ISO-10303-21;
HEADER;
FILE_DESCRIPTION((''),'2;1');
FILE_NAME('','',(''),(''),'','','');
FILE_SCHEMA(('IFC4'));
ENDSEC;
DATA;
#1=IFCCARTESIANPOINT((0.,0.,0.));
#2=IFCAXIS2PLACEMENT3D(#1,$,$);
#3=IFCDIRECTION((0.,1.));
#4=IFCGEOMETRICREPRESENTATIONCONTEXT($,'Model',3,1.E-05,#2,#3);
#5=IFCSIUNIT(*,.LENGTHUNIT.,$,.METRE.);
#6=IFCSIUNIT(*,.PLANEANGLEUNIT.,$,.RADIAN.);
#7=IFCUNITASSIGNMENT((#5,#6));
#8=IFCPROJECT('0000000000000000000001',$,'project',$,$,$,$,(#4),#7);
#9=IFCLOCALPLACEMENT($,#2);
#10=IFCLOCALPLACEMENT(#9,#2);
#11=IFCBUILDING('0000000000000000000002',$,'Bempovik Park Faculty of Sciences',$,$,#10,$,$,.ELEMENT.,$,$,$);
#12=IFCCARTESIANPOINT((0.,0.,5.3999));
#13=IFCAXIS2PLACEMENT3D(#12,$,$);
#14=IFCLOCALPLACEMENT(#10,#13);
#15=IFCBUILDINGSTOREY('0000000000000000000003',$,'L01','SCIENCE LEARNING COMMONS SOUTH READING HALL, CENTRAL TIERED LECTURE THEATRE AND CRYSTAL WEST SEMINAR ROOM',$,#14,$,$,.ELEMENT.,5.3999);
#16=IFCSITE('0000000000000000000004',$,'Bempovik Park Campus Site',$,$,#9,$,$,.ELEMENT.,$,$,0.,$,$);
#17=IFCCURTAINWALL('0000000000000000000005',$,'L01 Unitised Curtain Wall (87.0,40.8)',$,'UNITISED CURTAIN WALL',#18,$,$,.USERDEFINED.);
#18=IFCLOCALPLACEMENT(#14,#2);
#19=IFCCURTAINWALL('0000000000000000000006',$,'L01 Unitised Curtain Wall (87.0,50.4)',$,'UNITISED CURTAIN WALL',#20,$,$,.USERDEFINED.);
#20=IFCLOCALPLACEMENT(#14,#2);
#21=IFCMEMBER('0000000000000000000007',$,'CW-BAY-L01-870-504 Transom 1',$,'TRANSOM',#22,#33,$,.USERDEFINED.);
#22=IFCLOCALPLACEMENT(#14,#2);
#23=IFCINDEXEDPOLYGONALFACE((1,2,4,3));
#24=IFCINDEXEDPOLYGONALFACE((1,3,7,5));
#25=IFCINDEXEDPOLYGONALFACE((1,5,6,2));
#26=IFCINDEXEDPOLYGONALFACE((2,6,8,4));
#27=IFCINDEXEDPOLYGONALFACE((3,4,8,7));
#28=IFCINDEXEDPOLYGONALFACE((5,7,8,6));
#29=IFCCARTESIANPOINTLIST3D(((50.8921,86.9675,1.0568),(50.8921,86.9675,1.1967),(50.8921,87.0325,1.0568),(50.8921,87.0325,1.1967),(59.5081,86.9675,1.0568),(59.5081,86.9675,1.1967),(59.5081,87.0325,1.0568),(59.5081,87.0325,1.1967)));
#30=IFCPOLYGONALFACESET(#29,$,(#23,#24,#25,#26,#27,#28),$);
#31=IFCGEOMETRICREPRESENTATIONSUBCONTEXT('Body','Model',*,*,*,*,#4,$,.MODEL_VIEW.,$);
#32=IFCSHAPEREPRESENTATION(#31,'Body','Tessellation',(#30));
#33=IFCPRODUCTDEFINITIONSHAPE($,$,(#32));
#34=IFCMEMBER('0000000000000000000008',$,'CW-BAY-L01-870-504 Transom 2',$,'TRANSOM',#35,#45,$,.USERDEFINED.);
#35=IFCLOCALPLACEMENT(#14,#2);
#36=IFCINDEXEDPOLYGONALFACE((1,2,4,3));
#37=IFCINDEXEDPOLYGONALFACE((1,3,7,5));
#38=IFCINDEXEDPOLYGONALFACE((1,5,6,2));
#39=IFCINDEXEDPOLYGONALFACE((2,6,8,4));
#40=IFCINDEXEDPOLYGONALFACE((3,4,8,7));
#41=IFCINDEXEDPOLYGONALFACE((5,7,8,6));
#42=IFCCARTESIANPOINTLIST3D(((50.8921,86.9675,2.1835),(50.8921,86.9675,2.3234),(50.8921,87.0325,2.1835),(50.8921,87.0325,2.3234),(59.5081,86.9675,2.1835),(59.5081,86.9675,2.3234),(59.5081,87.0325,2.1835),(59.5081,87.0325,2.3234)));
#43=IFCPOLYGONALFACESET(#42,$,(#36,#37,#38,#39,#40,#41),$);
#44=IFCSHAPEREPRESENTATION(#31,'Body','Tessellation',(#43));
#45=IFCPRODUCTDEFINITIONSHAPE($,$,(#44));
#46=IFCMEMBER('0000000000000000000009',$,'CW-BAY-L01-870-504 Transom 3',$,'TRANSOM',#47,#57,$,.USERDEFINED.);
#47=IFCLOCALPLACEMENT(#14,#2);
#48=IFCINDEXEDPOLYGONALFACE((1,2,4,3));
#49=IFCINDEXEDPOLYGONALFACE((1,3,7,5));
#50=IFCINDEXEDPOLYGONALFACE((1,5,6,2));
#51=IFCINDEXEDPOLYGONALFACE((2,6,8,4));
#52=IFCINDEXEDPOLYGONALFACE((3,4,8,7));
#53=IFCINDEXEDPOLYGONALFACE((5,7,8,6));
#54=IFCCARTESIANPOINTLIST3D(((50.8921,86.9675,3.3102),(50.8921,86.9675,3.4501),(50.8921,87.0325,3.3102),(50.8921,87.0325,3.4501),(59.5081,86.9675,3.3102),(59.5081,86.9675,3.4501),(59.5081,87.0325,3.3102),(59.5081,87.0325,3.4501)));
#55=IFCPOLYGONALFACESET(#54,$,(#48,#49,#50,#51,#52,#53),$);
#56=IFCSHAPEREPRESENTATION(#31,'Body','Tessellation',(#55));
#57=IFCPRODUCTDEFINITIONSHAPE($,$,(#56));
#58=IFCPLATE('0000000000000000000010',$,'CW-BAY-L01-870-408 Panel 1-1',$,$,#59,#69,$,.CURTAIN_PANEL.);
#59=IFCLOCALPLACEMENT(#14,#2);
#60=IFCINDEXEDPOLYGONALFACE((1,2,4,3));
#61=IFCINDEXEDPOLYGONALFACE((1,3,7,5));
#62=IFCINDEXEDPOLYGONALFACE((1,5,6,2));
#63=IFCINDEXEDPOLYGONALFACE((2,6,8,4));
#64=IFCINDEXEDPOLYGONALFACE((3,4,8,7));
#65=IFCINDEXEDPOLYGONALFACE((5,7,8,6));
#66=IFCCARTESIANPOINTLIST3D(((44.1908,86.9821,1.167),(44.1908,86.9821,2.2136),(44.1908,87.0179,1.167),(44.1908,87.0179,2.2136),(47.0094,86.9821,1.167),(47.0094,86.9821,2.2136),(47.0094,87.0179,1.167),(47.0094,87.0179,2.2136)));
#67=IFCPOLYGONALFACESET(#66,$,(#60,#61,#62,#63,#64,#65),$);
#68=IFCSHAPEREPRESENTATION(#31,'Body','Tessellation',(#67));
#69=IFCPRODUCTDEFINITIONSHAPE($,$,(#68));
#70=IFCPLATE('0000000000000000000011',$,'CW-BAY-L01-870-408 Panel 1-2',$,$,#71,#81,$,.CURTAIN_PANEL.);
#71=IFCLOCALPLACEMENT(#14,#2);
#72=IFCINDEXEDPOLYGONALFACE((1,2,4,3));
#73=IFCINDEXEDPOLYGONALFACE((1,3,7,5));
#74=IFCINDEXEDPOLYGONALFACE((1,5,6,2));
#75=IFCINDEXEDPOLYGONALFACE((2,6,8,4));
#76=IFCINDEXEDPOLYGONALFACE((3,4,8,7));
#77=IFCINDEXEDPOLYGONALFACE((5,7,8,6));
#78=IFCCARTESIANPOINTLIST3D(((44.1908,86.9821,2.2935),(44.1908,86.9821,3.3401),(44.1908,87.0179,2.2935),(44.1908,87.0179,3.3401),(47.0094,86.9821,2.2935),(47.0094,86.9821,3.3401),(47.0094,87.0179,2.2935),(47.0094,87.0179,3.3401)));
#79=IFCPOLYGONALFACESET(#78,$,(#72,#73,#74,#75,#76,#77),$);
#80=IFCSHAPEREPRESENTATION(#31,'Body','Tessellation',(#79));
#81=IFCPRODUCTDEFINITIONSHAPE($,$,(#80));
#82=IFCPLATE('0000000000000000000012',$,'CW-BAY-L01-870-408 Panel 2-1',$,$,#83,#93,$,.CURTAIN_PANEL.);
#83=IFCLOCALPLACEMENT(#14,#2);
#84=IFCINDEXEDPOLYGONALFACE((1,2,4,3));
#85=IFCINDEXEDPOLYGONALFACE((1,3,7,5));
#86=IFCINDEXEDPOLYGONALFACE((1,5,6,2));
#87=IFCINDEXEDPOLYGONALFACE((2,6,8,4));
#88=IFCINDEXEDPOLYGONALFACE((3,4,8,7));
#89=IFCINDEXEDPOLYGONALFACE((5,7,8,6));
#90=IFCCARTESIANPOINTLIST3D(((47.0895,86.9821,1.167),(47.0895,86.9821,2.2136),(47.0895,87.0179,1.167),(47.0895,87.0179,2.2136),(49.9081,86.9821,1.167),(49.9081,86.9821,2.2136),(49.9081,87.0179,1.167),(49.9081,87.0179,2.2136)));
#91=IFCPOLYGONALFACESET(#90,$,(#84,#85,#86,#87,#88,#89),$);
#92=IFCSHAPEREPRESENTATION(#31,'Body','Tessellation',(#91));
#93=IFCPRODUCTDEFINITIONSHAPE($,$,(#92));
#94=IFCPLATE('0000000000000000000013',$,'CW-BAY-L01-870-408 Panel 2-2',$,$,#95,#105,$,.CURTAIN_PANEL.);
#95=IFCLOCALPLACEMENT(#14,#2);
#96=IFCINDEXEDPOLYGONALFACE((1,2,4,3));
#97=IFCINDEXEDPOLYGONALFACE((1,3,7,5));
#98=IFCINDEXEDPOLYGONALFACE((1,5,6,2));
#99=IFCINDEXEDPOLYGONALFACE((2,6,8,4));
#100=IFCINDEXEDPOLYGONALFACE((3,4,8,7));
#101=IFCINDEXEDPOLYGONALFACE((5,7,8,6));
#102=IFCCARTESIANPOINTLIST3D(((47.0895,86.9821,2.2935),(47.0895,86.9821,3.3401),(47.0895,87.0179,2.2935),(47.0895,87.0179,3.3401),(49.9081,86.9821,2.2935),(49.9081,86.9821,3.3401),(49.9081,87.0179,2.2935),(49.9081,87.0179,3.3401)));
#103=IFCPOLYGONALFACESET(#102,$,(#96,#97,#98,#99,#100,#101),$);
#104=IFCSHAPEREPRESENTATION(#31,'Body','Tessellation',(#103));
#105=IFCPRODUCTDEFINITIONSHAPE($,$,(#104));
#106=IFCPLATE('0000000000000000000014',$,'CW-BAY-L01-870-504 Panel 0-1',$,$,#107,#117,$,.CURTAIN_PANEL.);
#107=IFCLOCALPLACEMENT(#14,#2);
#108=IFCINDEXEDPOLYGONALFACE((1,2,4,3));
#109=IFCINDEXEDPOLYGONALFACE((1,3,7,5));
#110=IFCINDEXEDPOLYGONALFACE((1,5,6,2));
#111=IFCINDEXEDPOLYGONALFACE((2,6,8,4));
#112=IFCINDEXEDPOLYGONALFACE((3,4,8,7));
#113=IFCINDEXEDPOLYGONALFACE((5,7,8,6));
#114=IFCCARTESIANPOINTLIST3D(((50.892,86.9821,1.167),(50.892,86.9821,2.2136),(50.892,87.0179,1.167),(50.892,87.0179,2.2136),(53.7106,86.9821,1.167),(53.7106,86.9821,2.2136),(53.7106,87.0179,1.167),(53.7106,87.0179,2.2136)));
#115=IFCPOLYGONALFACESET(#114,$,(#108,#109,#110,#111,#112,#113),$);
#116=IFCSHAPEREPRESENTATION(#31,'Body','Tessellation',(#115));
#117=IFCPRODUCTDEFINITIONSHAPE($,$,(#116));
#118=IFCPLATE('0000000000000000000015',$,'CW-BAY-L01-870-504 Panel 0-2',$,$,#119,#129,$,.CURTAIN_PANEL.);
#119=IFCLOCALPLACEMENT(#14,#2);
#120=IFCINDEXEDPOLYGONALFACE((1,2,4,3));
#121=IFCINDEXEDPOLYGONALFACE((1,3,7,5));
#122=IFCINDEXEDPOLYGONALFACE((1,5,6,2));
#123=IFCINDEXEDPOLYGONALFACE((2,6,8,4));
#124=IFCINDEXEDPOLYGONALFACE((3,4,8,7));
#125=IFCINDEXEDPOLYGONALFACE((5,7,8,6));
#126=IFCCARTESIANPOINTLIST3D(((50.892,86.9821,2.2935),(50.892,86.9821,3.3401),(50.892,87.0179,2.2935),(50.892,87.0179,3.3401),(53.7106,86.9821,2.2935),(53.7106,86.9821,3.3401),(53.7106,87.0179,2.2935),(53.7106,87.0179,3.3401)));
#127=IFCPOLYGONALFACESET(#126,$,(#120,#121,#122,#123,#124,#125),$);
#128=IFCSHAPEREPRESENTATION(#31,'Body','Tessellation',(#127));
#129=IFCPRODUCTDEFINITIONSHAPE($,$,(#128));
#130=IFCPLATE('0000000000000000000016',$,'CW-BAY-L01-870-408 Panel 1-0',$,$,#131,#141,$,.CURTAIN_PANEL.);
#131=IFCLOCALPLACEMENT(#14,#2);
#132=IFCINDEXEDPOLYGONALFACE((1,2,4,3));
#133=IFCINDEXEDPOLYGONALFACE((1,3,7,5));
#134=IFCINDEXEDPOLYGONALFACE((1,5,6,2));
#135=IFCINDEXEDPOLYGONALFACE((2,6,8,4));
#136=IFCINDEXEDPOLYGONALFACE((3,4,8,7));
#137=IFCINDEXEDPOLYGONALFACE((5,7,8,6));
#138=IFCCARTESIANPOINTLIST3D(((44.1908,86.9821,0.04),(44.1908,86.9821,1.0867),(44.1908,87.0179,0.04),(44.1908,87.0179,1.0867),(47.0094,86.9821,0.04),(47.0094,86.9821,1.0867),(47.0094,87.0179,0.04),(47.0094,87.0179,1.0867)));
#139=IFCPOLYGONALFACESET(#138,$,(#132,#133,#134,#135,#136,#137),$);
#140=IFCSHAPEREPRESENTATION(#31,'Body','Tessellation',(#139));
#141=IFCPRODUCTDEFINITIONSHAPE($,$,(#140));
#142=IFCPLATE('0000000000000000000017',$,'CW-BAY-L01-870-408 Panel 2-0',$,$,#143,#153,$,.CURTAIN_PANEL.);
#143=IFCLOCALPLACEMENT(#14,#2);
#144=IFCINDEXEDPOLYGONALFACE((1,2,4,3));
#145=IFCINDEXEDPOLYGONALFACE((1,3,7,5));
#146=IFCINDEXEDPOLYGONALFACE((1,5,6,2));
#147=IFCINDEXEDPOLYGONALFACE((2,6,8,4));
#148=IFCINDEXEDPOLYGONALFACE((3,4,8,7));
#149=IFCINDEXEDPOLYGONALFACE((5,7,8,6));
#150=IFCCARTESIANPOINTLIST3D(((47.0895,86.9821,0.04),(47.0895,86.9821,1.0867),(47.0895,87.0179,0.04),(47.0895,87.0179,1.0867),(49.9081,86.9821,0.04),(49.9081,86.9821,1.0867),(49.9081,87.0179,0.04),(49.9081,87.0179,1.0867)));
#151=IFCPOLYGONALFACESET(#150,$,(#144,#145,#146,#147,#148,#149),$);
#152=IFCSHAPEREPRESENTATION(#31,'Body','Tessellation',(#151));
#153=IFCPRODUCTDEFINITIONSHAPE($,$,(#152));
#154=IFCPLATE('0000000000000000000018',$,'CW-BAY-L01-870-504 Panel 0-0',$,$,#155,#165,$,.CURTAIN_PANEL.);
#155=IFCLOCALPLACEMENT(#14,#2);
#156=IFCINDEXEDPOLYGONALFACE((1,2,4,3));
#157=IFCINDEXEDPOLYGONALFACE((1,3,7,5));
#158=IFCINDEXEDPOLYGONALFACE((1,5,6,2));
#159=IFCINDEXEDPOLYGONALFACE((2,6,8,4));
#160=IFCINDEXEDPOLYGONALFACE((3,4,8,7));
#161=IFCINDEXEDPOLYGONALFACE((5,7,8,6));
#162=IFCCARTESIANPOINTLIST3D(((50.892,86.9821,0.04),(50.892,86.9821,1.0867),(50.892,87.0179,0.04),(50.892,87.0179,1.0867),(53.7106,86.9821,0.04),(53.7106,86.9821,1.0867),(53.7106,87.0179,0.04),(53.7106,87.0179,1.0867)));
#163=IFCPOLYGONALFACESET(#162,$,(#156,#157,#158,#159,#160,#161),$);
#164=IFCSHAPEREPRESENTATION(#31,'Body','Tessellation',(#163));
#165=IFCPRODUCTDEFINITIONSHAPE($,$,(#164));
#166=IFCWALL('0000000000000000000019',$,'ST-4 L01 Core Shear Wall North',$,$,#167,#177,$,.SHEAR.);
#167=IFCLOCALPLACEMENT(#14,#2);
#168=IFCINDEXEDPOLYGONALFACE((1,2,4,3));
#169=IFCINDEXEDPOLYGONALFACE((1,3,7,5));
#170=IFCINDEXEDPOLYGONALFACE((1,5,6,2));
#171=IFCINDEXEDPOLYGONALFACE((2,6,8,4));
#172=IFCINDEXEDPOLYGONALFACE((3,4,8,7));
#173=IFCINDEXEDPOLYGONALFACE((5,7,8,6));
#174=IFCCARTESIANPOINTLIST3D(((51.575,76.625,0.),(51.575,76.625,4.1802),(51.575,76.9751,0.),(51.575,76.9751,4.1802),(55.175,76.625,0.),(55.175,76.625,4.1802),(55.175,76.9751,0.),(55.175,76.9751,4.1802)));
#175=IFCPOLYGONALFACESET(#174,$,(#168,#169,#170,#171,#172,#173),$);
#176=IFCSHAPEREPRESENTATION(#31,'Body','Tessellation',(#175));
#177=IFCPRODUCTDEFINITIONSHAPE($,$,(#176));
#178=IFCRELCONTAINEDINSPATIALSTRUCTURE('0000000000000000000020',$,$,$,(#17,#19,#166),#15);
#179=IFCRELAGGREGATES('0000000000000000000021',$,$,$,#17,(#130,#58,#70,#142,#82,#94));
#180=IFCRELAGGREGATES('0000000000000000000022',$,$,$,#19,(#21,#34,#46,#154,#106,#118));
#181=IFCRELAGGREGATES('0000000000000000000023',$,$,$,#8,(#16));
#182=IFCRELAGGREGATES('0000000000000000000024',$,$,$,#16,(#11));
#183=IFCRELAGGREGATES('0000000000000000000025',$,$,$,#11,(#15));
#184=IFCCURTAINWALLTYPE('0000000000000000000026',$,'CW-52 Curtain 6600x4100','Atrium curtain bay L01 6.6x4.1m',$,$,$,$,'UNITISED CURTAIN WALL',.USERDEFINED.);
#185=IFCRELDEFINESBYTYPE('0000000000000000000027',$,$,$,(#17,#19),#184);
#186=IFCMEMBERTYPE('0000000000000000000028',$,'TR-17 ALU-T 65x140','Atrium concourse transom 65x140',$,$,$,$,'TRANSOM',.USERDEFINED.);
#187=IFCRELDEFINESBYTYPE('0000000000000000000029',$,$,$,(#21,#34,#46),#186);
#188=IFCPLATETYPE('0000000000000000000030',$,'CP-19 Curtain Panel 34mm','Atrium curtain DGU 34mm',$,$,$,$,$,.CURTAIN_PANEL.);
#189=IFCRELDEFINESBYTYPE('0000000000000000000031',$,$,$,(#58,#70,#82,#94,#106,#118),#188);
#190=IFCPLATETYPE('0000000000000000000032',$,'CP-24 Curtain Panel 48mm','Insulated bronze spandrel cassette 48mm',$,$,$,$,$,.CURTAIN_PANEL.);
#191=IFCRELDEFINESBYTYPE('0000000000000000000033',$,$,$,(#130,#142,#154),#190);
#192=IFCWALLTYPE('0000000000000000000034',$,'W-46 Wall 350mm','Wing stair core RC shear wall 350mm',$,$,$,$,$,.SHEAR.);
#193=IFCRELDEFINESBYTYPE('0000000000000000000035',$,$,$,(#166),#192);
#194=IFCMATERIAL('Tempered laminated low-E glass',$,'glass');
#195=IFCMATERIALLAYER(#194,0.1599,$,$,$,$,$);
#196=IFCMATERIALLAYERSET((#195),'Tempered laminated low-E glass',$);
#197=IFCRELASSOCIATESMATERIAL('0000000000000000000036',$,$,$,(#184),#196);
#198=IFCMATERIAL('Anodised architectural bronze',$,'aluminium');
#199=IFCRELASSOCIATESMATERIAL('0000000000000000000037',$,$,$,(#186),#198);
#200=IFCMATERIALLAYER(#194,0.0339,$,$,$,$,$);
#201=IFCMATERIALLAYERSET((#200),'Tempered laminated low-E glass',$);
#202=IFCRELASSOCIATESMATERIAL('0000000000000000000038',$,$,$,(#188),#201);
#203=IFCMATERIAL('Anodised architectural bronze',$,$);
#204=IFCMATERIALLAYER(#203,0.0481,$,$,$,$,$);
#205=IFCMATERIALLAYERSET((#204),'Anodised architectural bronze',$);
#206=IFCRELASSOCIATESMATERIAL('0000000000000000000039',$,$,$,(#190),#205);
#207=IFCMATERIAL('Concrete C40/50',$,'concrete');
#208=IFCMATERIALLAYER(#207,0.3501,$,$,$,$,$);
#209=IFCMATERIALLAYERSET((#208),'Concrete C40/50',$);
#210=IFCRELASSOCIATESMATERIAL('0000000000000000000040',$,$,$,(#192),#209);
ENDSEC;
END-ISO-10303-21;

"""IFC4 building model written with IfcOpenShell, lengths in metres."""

from ifc_helpers import new_model, si_unit, direction, frame, frame_2d, origin, origin_2d, place, context, subcontext, project, spatial, rectangle, extrude, material, layer, layer_set, material_profile, profile_set, type_object, element, aggregate, save


model = new_model("IFC4")

# Units and contexts
model_context = context("Model", 3, precision=1e-05, world=origin(), true_north=direction((0.0, 1.0)))
body_context = subcontext(model_context, "Body", "Model", "MODEL_VIEW")
ifc_project = project(units=[si_unit("LENGTHUNIT", "METRE"), si_unit("PLANEANGLEUNIT", "RADIAN")], contexts=[model_context])

# Site, building, storey
site_placement = place(None, origin())
site = spatial("IfcSite", under=ifc_project, at=site_placement, Name="Bempovik Park Campus Site", CompositionType="ELEMENT", RefElevation=0.0)
building_placement = place(site_placement, origin())
building = spatial("IfcBuilding", under=site, at=building_placement, Name="Bempovik Park Faculty of Sciences", CompositionType="ELEMENT")
storey_placement = place(building_placement, frame((0.0, 0.0, 5.3999)))
storey = spatial("IfcBuildingStorey", under=building, at=storey_placement, Name="L01", Description="SCIENCE LEARNING COMMONS SOUTH READING HALL, CENTRAL TIERED LECTURE THEATRE AND CRYSTAL WEST SEMINAR ROOM", CompositionType="ELEMENT", Elevation=5.3999)

# Shared definitions
ifc_material_1 = material(Name="Concrete C40/50", Category="concrete")

# Curtain walls, members
ifc_material_2 = material(Name="Tempered laminated low-E glass", Category="glass")
ifc_layer_1 = layer(ifc_material_2, 0.1599)
ifc_layer_set_1 = layer_set([ifc_layer_1], Name="Tempered laminated low-E glass")
curtain_wall_type = type_object("IfcCurtainWallType", Name="CW-52 Curtain 6600x4100", Description="Atrium curtain bay L01 6.6x4.1m", ElementType="UNITISED CURTAIN WALL", PredefinedType="USERDEFINED", material=ifc_layer_set_1)
curtain_wall_1_placement = place(storey_placement, origin())
curtain_wall_1 = element("IfcCurtainWall", 1, at=curtain_wall_1_placement, inside=storey, type_object=curtain_wall_type, Name="L01 Unitised Curtain Wall (87.0,40.8)", ObjectType="UNITISED CURTAIN WALL", PredefinedType="USERDEFINED")
ifc_material_3 = material(Name="Anodised architectural bronze", Category="aluminium")
curtain_wall_2_placement = place(storey_placement, origin())
curtain_wall_2 = element("IfcCurtainWall", 2, at=curtain_wall_2_placement, inside=storey, type_object=curtain_wall_type, Name="L01 Unitised Curtain Wall (87.0,50.4)", ObjectType="UNITISED CURTAIN WALL", PredefinedType="USERDEFINED")
ifc_material_profile_1 = material_profile(ifc_material_3, rectangle(XDim=0.0649, YDim=0.1399, at=origin_2d()), Name="ALU-T 65x140")
ifc_profile_set_1 = profile_set([ifc_material_profile_1], Name="Anodised architectural bronze")
member_type_1 = type_object("IfcMemberType", Name="TR-17 ALU-T 65x140", Description="Atrium concourse transom 65x140", ElementType="TRANSOM", PredefinedType="USERDEFINED", material=ifc_profile_set_1)
member_1_placement = place(storey_placement, frame((50.8921, 87.0, 1.1267), z_axis=(1.0, 0.0, 0.0), x_axis=(0.0, 1.0, 0.0)))
member_1 = element("IfcMember", 3, at=member_1_placement, type_object=member_type_1, Name="CW-BAY-L01-870-504 Transom 1", ObjectType="TRANSOM", PredefinedType="USERDEFINED", context=body_context, shape_type="SweptSolid", body=[
    extrude(rectangle(XDim=0.0649, YDim=0.1399, at=origin_2d()), origin(), (0.0, 0.0, 1.0), 8.616),
])
member_2_placement = place(storey_placement, frame((50.8921, 87.0, 2.2534), z_axis=(1.0, 0.0, 0.0), x_axis=(0.0, 1.0, 0.0)))
member_2 = element("IfcMember", 4, at=member_2_placement, type_object=member_type_1, Name="CW-BAY-L01-870-504 Transom 2", ObjectType="TRANSOM", PredefinedType="USERDEFINED", context=body_context, shape_type="SweptSolid", body=[
    extrude(rectangle(XDim=0.0649, YDim=0.1399, at=origin_2d()), origin(), (0.0, 0.0, 1.0), 8.616),
])
member_3_placement = place(storey_placement, frame((50.8921, 87.0, 3.3801), z_axis=(1.0, 0.0, 0.0), x_axis=(0.0, 1.0, 0.0)))
member_3 = element("IfcMember", 5, at=member_3_placement, type_object=member_type_1, Name="CW-BAY-L01-870-504 Transom 3", ObjectType="TRANSOM", PredefinedType="USERDEFINED", context=body_context, shape_type="SweptSolid", body=[
    extrude(rectangle(XDim=0.0649, YDim=0.1399, at=origin_2d()), origin(), (0.0, 0.0, 1.0), 8.616),
])

# Plates
ifc_layer_2 = layer(ifc_material_2, 0.0339)
ifc_layer_set_2 = layer_set([ifc_layer_2], Name="Tempered laminated low-E glass")
plate_type_1 = type_object("IfcPlateType", Name="CP-19 Curtain Panel 34mm", Description="Atrium curtain DGU 34mm", PredefinedType="CURTAIN_PANEL", material=ifc_layer_set_2)
plate_1_placement = place(storey_placement, frame((45.6001, 87.0, 1.167), z_axis=(0.0, 0.0, 1.0), x_axis=(1.0, 0.0, 0.0)))
plate_1 = element("IfcPlate", 6, at=plate_1_placement, type_object=plate_type_1, Name="CW-BAY-L01-870-408 Panel 1-1", PredefinedType="CURTAIN_PANEL", context=body_context, shape_type="SweptSolid", body=[
    extrude(rectangle(XDim=2.8186, YDim=0.0359, at=origin_2d()), origin(), (0.0, 0.0, 1.0), 1.0466),
])
plate_2_placement = place(storey_placement, frame((45.6001, 87.0, 2.2935), z_axis=(0.0, 0.0, 1.0), x_axis=(1.0, 0.0, 0.0)))
plate_2 = element("IfcPlate", 7, at=plate_2_placement, type_object=plate_type_1, Name="CW-BAY-L01-870-408 Panel 1-2", PredefinedType="CURTAIN_PANEL", context=body_context, shape_type="SweptSolid", body=[
    extrude(rectangle(XDim=2.8186, YDim=0.0359, at=origin_2d()), origin(), (0.0, 0.0, 1.0), 1.0466),
])
plate_3_placement = place(storey_placement, frame((48.4988, 87.0, 1.167), z_axis=(0.0, 0.0, 1.0), x_axis=(1.0, 0.0, 0.0)))
plate_3 = element("IfcPlate", 8, at=plate_3_placement, type_object=plate_type_1, Name="CW-BAY-L01-870-408 Panel 2-1", PredefinedType="CURTAIN_PANEL", context=body_context, shape_type="SweptSolid", body=[
    extrude(rectangle(XDim=2.8186, YDim=0.0359, at=origin_2d()), origin(), (0.0, 0.0, 1.0), 1.0466),
])
plate_4_placement = place(storey_placement, frame((48.4988, 87.0, 2.2935), z_axis=(0.0, 0.0, 1.0), x_axis=(1.0, 0.0, 0.0)))
plate_4 = element("IfcPlate", 9, at=plate_4_placement, type_object=plate_type_1, Name="CW-BAY-L01-870-408 Panel 2-2", PredefinedType="CURTAIN_PANEL", context=body_context, shape_type="SweptSolid", body=[
    extrude(rectangle(XDim=2.8186, YDim=0.0359, at=origin_2d()), origin(), (0.0, 0.0, 1.0), 1.0466),
])
plate_5_placement = place(storey_placement, frame((52.3013, 87.0, 1.167), z_axis=(0.0, 0.0, 1.0), x_axis=(1.0, 0.0, 0.0)))
plate_5 = element("IfcPlate", 10, at=plate_5_placement, type_object=plate_type_1, Name="CW-BAY-L01-870-504 Panel 0-1", PredefinedType="CURTAIN_PANEL", context=body_context, shape_type="SweptSolid", body=[
    extrude(rectangle(XDim=2.8186, YDim=0.0359, at=origin_2d()), origin(), (0.0, 0.0, 1.0), 1.0466),
])
plate_6_placement = place(storey_placement, frame((52.3013, 87.0, 2.2935), z_axis=(0.0, 0.0, 1.0), x_axis=(1.0, 0.0, 0.0)))
plate_6 = element("IfcPlate", 11, at=plate_6_placement, type_object=plate_type_1, Name="CW-BAY-L01-870-504 Panel 0-2", PredefinedType="CURTAIN_PANEL", context=body_context, shape_type="SweptSolid", body=[
    extrude(rectangle(XDim=2.8186, YDim=0.0359, at=origin_2d()), origin(), (0.0, 0.0, 1.0), 1.0466),
])
ifc_material_4 = material(Name="Anodised architectural bronze")
ifc_layer_3 = layer(ifc_material_4, 0.0481)
ifc_layer_set_3 = layer_set([ifc_layer_3], Name="Anodised architectural bronze")
plate_type_2 = type_object("IfcPlateType", Name="CP-24 Curtain Panel 48mm", Description="Insulated bronze spandrel cassette 48mm", PredefinedType="CURTAIN_PANEL", material=ifc_layer_set_3)
plate_7_placement = place(storey_placement, frame((45.6001, 87.0, 0.04), z_axis=(0.0, 0.0, 1.0), x_axis=(1.0, 0.0, 0.0)))
plate_7 = element("IfcPlate", 12, at=plate_7_placement, type_object=plate_type_2, Name="CW-BAY-L01-870-408 Panel 1-0", PredefinedType="CURTAIN_PANEL", context=body_context, shape_type="SweptSolid", body=[
    extrude(rectangle(XDim=2.8186, YDim=0.0359, at=origin_2d()), origin(), (0.0, 0.0, 1.0), 1.0466),
])
plate_8_placement = place(storey_placement, frame((48.4988, 87.0, 0.04), z_axis=(0.0, 0.0, 1.0), x_axis=(1.0, 0.0, 0.0)))
plate_8 = element("IfcPlate", 13, at=plate_8_placement, type_object=plate_type_2, Name="CW-BAY-L01-870-408 Panel 2-0", PredefinedType="CURTAIN_PANEL", context=body_context, shape_type="SweptSolid", body=[
    extrude(rectangle(XDim=2.8186, YDim=0.0359, at=origin_2d()), origin(), (0.0, 0.0, 1.0), 1.0466),
])
aggregate(curtain_wall_1, [plate_7, plate_1, plate_2, plate_8, plate_3, plate_4])
plate_9_placement = place(storey_placement, frame((52.3013, 87.0, 0.04), z_axis=(0.0, 0.0, 1.0), x_axis=(1.0, 0.0, 0.0)))
plate_9 = element("IfcPlate", 14, at=plate_9_placement, type_object=plate_type_2, Name="CW-BAY-L01-870-504 Panel 0-0", PredefinedType="CURTAIN_PANEL", context=body_context, shape_type="SweptSolid", body=[
    extrude(rectangle(XDim=2.8186, YDim=0.0359, at=origin_2d()), origin(), (0.0, 0.0, 1.0), 1.0466),
])
aggregate(curtain_wall_2, [member_1, member_2, member_3, plate_9, plate_5, plate_6])

# Wall
ifc_layer_4 = layer(ifc_material_1, 0.3501)
ifc_layer_set_4 = layer_set([ifc_layer_4], Name="Concrete C40/50")
wall_type = type_object("IfcWallType", Name="W-46 Wall 350mm", Description="Wing stair core RC shear wall 350mm", PredefinedType="SHEAR", material=ifc_layer_set_4)
wall_placement = place(storey_placement, frame((51.575, 76.8, 0.0), z_axis=(0.0, 0.0, 1.0), x_axis=(1.0, 0.0, 0.0)))
element("IfcWall", 15, at=wall_placement, inside=storey, type_object=wall_type, Name="ST-4 L01 Core Shear Wall North", PredefinedType="SHEAR", context=body_context, shape_type="SweptSolid", body=[
    extrude(rectangle(XDim=3.6001, YDim=0.3501, at=frame_2d((1.8, 0.0))), origin(), (0.0, 0.0, 1.0), 4.1802),
])

save(model, "model.ifc")
